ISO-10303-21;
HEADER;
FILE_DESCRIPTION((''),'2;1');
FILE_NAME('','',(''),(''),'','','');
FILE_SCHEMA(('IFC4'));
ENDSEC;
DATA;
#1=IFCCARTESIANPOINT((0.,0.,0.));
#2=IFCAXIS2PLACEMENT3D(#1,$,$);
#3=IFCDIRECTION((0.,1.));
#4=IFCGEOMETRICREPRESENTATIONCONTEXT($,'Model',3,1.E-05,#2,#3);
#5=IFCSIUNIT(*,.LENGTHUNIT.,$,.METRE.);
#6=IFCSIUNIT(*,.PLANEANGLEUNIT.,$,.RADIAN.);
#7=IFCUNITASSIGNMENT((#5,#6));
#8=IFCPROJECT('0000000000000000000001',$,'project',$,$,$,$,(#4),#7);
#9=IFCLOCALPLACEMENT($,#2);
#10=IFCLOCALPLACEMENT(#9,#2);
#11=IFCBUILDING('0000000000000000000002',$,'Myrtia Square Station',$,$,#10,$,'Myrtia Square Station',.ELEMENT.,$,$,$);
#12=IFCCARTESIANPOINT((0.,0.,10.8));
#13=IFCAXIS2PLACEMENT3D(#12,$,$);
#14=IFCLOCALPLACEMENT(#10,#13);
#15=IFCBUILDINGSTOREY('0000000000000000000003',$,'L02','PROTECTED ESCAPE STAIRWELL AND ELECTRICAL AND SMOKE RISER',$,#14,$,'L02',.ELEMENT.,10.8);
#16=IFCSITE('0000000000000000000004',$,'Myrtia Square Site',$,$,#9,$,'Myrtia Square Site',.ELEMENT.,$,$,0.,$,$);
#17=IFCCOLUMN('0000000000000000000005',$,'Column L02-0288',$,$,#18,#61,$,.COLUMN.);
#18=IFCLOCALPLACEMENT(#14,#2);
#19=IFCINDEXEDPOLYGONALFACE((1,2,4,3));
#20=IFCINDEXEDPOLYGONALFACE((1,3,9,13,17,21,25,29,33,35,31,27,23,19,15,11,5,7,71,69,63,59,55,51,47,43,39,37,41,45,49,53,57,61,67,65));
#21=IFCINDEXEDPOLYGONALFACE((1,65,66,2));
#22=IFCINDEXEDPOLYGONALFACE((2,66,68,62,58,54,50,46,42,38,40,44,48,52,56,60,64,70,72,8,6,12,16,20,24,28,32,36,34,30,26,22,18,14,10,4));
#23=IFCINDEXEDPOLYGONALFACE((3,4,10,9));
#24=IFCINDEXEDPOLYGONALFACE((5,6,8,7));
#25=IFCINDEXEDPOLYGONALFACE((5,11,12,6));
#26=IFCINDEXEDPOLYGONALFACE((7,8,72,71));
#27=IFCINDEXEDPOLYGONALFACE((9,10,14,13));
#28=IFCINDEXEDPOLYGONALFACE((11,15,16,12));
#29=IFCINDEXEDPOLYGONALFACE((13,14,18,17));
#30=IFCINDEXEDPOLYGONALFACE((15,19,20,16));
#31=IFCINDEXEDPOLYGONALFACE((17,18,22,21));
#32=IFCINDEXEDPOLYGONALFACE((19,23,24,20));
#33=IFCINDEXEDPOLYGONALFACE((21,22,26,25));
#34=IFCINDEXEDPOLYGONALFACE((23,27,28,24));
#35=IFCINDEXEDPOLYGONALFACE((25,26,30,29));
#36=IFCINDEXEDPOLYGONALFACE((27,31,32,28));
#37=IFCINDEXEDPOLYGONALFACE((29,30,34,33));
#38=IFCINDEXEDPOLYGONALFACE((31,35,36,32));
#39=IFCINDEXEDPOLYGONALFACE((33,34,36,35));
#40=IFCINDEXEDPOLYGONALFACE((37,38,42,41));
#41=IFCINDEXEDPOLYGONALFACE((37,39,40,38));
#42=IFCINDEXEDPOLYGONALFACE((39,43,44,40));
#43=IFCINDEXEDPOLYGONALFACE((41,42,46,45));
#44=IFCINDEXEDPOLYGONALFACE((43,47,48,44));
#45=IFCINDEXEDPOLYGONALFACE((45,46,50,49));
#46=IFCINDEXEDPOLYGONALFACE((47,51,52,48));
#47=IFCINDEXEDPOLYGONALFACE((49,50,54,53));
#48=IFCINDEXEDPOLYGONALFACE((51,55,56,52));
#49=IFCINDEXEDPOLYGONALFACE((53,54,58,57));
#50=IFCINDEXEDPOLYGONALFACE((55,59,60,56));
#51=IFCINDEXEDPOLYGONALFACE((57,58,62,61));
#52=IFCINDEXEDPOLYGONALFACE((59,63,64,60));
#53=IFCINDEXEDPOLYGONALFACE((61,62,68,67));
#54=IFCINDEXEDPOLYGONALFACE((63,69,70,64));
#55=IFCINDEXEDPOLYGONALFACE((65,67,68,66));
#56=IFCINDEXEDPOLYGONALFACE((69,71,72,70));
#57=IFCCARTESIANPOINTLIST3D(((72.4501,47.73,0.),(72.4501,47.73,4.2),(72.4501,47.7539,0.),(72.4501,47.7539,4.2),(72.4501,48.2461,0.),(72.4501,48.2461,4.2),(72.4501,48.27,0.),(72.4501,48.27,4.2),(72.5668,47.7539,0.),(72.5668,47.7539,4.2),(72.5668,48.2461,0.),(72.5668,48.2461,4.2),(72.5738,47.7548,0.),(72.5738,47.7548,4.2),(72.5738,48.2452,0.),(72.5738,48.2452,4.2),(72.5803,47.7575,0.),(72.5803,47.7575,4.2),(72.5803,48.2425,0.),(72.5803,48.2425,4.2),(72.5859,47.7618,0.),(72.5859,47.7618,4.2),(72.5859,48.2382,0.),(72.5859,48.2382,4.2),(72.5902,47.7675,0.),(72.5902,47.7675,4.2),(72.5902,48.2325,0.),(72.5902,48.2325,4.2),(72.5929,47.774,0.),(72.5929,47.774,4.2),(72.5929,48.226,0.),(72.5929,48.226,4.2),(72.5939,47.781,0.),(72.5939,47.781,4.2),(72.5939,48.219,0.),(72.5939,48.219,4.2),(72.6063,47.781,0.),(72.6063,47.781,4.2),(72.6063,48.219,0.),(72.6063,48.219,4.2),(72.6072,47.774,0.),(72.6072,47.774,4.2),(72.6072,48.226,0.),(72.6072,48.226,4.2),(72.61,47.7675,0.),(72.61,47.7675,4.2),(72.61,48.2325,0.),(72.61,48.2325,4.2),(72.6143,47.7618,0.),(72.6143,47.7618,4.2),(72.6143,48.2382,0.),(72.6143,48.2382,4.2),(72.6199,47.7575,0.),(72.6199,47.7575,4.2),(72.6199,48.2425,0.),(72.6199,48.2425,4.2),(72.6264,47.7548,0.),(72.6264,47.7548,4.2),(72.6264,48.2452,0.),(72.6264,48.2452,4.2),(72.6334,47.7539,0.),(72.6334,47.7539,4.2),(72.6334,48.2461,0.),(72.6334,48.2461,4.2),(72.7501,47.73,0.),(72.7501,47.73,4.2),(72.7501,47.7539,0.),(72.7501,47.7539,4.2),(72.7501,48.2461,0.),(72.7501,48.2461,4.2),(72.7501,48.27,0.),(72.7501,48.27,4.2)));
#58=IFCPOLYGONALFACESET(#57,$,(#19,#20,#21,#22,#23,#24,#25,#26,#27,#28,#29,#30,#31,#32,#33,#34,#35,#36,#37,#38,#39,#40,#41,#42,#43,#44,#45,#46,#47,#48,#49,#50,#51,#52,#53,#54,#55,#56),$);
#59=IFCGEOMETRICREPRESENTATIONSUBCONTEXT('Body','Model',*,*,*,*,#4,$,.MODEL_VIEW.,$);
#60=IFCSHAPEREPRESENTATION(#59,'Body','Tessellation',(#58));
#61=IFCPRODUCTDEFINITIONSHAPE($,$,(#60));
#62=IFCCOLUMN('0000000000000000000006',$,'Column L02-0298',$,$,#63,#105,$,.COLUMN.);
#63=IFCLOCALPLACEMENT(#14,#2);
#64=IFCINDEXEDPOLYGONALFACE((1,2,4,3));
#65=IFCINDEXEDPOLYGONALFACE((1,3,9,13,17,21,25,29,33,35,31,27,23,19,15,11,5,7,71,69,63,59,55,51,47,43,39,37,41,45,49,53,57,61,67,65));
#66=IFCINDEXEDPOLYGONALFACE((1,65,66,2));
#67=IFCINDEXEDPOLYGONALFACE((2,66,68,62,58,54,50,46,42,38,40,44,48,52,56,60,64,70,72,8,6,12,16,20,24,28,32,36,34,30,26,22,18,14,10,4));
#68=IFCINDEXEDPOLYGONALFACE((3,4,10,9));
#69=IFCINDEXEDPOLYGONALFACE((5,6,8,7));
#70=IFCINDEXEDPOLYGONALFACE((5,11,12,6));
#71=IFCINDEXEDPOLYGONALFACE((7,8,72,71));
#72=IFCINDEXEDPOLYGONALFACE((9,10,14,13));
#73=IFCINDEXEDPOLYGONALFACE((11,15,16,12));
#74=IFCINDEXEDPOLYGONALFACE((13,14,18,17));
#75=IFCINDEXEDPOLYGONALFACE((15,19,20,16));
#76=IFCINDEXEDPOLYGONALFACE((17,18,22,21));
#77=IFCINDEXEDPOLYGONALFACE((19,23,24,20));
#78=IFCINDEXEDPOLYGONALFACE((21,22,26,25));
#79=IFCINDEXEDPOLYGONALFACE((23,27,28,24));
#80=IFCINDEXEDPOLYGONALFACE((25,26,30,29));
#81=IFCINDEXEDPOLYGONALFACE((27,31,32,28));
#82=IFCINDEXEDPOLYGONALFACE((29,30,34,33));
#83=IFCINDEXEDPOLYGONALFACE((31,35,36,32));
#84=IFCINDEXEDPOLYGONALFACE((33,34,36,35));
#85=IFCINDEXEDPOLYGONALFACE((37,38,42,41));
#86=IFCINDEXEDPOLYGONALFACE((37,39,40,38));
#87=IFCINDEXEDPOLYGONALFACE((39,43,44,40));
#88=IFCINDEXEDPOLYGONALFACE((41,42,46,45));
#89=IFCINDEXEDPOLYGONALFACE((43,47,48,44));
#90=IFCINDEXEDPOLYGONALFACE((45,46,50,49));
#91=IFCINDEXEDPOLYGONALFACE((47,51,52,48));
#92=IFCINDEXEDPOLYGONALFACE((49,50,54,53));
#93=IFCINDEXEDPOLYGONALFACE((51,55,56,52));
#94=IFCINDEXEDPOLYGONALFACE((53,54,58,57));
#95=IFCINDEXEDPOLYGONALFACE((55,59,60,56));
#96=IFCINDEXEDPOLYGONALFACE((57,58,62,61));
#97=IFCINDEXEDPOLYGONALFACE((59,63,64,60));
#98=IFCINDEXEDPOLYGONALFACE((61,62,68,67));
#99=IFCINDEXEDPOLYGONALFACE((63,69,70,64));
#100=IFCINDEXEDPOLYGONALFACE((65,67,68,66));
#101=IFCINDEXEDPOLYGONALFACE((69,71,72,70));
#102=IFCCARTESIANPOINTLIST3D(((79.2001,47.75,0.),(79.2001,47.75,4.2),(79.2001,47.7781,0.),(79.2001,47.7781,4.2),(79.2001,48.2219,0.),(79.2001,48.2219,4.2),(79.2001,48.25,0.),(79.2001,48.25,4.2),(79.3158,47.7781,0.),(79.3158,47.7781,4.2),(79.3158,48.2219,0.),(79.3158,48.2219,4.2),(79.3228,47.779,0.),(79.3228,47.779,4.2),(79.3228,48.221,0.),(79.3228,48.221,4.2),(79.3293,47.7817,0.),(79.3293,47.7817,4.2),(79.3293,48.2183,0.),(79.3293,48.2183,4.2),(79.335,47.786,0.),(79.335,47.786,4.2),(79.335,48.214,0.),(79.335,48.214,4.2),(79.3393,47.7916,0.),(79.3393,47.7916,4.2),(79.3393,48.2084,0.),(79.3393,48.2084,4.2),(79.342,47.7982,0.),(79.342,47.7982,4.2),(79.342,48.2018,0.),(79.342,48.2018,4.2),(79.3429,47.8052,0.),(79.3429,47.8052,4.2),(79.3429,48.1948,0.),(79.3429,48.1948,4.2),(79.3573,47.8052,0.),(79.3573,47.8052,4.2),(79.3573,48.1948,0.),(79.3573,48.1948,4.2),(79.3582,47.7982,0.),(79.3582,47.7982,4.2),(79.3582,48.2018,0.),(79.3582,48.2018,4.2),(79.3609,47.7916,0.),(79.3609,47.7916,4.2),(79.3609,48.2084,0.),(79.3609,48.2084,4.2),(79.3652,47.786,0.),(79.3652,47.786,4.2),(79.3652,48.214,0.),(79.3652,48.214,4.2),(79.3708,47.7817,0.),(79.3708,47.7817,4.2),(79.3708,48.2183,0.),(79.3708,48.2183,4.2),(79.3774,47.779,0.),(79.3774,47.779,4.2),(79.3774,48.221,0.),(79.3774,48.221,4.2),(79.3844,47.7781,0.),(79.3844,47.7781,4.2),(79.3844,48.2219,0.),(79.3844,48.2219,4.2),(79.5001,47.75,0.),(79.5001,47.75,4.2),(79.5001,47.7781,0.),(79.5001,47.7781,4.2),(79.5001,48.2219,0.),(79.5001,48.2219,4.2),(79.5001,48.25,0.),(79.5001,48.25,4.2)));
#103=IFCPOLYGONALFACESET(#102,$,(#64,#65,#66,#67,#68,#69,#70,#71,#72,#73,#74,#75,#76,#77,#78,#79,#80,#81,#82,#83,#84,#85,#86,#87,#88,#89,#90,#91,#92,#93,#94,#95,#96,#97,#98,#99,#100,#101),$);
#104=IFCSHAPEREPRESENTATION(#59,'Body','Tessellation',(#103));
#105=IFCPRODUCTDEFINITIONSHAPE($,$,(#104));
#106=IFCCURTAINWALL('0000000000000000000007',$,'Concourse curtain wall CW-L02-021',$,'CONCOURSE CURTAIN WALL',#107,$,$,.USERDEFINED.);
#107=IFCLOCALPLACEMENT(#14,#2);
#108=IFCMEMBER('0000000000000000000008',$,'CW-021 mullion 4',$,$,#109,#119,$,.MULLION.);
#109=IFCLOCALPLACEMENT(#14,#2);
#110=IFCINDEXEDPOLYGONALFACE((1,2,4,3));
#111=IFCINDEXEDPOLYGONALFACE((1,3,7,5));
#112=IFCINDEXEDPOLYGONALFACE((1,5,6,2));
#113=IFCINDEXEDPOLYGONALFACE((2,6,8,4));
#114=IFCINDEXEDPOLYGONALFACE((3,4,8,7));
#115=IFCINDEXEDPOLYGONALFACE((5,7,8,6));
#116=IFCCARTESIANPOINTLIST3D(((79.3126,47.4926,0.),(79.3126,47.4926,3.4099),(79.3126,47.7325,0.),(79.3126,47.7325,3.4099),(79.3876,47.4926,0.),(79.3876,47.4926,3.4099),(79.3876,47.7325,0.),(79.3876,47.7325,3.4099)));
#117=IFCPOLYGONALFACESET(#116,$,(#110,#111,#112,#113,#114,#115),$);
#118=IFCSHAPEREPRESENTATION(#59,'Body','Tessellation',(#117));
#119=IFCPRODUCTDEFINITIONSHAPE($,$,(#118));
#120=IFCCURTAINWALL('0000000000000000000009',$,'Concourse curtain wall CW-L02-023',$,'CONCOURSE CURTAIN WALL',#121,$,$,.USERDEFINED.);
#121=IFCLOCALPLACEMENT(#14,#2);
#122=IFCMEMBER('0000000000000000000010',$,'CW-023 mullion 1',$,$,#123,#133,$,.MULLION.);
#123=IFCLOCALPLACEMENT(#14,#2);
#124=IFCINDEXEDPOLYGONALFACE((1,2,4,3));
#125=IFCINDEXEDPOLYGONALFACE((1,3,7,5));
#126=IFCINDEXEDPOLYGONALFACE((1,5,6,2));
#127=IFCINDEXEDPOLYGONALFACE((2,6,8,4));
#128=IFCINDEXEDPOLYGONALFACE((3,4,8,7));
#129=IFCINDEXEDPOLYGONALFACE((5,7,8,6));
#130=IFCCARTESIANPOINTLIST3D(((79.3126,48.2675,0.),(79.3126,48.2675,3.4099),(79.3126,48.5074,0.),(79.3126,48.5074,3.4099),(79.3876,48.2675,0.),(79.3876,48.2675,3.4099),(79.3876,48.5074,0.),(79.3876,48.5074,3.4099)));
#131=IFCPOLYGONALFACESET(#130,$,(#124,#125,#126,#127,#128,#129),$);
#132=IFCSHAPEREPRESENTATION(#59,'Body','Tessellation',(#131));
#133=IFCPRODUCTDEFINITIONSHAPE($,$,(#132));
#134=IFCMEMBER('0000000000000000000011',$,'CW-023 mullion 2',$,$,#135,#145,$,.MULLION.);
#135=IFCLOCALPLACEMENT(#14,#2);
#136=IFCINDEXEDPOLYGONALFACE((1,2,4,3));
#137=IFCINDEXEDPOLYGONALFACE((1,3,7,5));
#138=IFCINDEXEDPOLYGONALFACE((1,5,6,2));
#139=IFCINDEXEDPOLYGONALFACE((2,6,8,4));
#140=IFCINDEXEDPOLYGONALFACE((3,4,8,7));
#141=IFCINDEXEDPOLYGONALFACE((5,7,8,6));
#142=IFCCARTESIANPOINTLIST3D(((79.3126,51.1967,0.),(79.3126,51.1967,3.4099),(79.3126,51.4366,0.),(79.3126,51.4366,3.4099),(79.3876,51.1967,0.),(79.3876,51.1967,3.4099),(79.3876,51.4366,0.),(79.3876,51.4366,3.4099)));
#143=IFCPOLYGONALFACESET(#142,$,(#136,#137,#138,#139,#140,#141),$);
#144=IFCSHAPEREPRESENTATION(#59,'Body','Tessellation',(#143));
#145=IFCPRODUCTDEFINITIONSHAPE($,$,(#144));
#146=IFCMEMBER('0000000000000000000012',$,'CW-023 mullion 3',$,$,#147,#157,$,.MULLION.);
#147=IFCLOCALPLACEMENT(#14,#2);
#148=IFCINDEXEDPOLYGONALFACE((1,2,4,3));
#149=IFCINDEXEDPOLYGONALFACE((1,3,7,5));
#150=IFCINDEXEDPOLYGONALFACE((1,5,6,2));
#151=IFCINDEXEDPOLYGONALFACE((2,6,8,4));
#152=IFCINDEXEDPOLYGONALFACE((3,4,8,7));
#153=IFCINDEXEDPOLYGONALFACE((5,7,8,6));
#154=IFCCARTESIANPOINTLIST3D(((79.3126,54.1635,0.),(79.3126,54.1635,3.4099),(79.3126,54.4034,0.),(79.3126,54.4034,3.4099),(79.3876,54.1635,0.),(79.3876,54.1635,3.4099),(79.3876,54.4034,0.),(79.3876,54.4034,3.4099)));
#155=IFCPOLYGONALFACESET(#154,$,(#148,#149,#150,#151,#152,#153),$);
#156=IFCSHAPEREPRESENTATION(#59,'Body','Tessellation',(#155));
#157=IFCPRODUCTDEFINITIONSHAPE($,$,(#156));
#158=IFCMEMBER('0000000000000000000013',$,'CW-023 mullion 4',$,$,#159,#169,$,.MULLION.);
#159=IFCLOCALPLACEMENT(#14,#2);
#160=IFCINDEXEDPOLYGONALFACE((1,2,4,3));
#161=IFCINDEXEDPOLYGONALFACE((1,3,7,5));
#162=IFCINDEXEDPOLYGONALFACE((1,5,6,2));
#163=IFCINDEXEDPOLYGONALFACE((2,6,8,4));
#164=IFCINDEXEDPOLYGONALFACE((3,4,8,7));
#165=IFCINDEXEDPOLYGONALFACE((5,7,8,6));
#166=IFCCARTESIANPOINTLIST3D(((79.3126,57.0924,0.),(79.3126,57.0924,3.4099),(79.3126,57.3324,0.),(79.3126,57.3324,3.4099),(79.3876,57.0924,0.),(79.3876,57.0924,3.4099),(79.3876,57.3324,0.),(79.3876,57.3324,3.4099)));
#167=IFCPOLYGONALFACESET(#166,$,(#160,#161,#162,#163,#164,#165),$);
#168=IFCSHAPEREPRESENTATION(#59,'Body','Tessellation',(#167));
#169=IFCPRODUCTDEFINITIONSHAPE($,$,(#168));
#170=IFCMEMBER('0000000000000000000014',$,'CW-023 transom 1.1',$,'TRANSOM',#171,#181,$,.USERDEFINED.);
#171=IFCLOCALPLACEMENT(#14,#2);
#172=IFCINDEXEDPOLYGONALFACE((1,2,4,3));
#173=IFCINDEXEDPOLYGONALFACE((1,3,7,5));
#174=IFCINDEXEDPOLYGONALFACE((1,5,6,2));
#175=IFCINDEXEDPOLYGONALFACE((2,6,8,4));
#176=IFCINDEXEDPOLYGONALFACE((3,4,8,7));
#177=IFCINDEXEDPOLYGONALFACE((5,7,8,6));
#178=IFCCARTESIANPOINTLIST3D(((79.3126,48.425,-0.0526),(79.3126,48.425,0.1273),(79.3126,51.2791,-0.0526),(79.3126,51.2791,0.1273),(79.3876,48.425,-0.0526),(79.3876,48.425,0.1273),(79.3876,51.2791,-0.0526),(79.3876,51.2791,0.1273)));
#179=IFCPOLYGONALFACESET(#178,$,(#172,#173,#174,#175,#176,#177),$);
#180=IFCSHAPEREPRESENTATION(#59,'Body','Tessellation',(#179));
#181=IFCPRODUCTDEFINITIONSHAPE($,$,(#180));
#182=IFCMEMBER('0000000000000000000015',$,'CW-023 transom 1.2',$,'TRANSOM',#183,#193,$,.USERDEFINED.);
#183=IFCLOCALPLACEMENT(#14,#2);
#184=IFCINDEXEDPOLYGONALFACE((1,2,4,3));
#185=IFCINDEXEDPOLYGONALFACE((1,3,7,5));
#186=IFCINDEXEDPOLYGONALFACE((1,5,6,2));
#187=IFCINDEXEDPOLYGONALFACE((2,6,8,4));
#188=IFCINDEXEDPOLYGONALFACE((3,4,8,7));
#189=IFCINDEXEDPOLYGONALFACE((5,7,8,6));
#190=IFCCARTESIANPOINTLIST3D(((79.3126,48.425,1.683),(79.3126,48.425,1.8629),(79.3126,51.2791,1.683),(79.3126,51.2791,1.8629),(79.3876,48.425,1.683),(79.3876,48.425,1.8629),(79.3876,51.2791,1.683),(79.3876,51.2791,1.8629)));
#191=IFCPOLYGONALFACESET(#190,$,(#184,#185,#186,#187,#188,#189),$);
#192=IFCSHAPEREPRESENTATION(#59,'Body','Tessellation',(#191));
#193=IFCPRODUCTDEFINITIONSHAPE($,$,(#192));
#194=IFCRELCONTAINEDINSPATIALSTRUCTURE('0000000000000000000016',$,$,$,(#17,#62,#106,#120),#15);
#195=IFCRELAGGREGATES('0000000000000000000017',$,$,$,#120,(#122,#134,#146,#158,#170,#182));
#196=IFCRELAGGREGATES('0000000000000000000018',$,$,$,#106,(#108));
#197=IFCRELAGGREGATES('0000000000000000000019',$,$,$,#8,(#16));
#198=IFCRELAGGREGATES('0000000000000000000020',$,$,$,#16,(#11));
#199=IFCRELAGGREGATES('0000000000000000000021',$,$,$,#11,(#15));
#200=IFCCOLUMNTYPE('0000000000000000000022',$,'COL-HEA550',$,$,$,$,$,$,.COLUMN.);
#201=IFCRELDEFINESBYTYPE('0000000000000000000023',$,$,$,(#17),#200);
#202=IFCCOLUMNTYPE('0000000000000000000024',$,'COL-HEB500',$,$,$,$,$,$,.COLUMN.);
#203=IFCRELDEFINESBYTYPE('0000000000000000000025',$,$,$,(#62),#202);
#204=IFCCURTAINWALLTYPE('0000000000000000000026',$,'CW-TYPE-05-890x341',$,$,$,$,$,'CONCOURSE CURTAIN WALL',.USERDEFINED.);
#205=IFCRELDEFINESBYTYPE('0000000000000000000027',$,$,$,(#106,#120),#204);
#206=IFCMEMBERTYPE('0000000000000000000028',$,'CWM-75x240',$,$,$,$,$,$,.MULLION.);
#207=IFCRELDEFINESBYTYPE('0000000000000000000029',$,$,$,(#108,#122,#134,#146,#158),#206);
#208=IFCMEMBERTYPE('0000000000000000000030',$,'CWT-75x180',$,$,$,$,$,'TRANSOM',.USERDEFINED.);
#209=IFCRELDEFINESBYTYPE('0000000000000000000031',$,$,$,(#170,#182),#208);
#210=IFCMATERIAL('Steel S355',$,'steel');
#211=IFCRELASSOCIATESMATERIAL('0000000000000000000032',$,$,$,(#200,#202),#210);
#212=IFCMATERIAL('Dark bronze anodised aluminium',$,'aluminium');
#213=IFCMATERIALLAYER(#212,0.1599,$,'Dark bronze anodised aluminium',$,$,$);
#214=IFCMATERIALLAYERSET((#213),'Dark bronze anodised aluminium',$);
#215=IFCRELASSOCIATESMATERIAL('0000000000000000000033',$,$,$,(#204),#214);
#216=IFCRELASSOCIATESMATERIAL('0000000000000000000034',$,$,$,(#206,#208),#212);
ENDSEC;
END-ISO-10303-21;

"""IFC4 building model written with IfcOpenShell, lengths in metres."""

from ifc_helpers import new_model, si_unit, direction, frame, origin, origin_2d, place, context, subcontext, project, spatial, rectangle, i_section, extrude, material, layer, layer_set, material_profile, profile_set, type_object, element, aggregate, save


model = new_model("IFC4")

# Units and contexts
model_context = context("Model", 3, precision=1e-05, world=origin(), true_north=direction((0.0, 1.0)))
body_context = subcontext(model_context, "Body", "Model", "MODEL_VIEW")
ifc_project = project(units=[si_unit("LENGTHUNIT", "METRE"), si_unit("PLANEANGLEUNIT", "RADIAN")], contexts=[model_context])

# Site, building, storey
site_placement = place(None, origin())
site = spatial("IfcSite", under=ifc_project, at=site_placement, Name="Myrtia Square Site", LongName="Myrtia Square Site", CompositionType="ELEMENT", RefElevation=0.0)
building_placement = place(site_placement, origin())
building = spatial("IfcBuilding", under=site, at=building_placement, Name="Myrtia Square Station", LongName="Myrtia Square Station", CompositionType="ELEMENT")
storey_placement = place(building_placement, frame((0.0, 0.0, 10.8)))
storey = spatial("IfcBuildingStorey", under=building, at=storey_placement, Name="L02", Description="PROTECTED ESCAPE STAIRWELL AND ELECTRICAL AND SMOKE RISER", LongName="L02", CompositionType="ELEMENT", Elevation=10.8)

# Columns
ifc_material_1 = material(Name="Steel S355", Category="steel")
ifc_material_profile_1 = material_profile(ifc_material_1, i_section(OverallWidth=0.3, OverallDepth=0.54, WebThickness=0.0125, FlangeThickness=0.0239, FilletRadius=0.0271, at=origin_2d()), Name="HEA 550")
ifc_profile_set_1 = profile_set([ifc_material_profile_1], Name="Steel S355")
column_type_1 = type_object("IfcColumnType", Name="COL-HEA550", PredefinedType="COLUMN", material=ifc_profile_set_1)
column_1_placement = place(storey_placement, frame((72.6001, 48.0, 0.0), z_axis=(0.0, 0.0, 1.0), x_axis=(1.0, 0.0, 0.0)))
element("IfcColumn", 1, at=column_1_placement, inside=storey, type_object=column_type_1, Name="Column L02-0288", PredefinedType="COLUMN", context=body_context, shape_type="SweptSolid", body=[
    extrude(i_section(OverallWidth=0.3, OverallDepth=0.54, WebThickness=0.0125, FlangeThickness=0.0239, FilletRadius=0.0271, at=origin_2d()), origin(), (0.0, 0.0, 1.0), 4.2),
])
ifc_material_profile_2 = material_profile(ifc_material_1, i_section(OverallWidth=0.3, OverallDepth=0.5, WebThickness=0.0144, FlangeThickness=0.0281, FilletRadius=0.0271, at=origin_2d()), Name="HEB 500")
ifc_profile_set_2 = profile_set([ifc_material_profile_2], Name="Steel S355")
column_type_2 = type_object("IfcColumnType", Name="COL-HEB500", PredefinedType="COLUMN", material=ifc_profile_set_2)
column_2_placement = place(storey_placement, frame((79.3501, 48.0, 0.0), z_axis=(0.0, 0.0, 1.0), x_axis=(1.0, 0.0, 0.0)))
element("IfcColumn", 2, at=column_2_placement, inside=storey, type_object=column_type_2, Name="Column L02-0298", PredefinedType="COLUMN", context=body_context, shape_type="SweptSolid", body=[
    extrude(i_section(OverallWidth=0.3, OverallDepth=0.5, WebThickness=0.0144, FlangeThickness=0.0281, FilletRadius=0.0271, at=origin_2d()), origin(), (0.0, 0.0, 1.0), 4.2),
])

# Curtain wall, member
ifc_material_2 = material(Name="Dark bronze anodised aluminium", Category="aluminium")
ifc_layer_1 = layer(ifc_material_2, 0.1599, Name="Dark bronze anodised aluminium")
ifc_layer_set_1 = layer_set([ifc_layer_1], Name="Dark bronze anodised aluminium")
curtain_wall_type = type_object("IfcCurtainWallType", Name="CW-TYPE-05-890x341", ElementType="CONCOURSE CURTAIN WALL", PredefinedType="USERDEFINED", material=ifc_layer_set_1)
curtain_wall_1_placement = place(storey_placement, origin())
curtain_wall_1 = element("IfcCurtainWall", 3, at=curtain_wall_1_placement, inside=storey, type_object=curtain_wall_type, Name="Concourse curtain wall CW-L02-021", ObjectType="CONCOURSE CURTAIN WALL", PredefinedType="USERDEFINED")
ifc_material_profile_3 = material_profile(ifc_material_2, rectangle(XDim=0.075, YDim=0.24, at=origin_2d()), Name="ALU-M 75x240")
ifc_profile_set_3 = profile_set([ifc_material_profile_3], Name="Dark bronze anodised aluminium")
member_type_1 = type_object("IfcMemberType", Name="CWM-75x240", PredefinedType="MULLION", material=ifc_profile_set_3)
member_1_placement = place(storey_placement, frame((79.3501, 47.6125, 0.0), z_axis=(0.0, 0.0, 1.0), x_axis=(-1.0, 0.0, 0.0)))
member_1 = element("IfcMember", 4, at=member_1_placement, type_object=member_type_1, Name="CW-021 mullion 4", PredefinedType="MULLION", context=body_context, shape_type="SweptSolid", body=[
    extrude(rectangle(XDim=0.075, YDim=0.24, at=origin_2d()), origin(), (0.0, 0.0, 1.0), 3.4099),
])

# Curtain wall, members
curtain_wall_2_placement = place(storey_placement, origin())
curtain_wall_2 = element("IfcCurtainWall", 5, at=curtain_wall_2_placement, inside=storey, type_object=curtain_wall_type, Name="Concourse curtain wall CW-L02-023", ObjectType="CONCOURSE CURTAIN WALL", PredefinedType="USERDEFINED")
member_2_placement = place(storey_placement, frame((79.3501, 48.3875, 0.0), z_axis=(0.0, 0.0, 1.0), x_axis=(-1.0, 0.0, 0.0)))
member_2 = element("IfcMember", 6, at=member_2_placement, type_object=member_type_1, Name="CW-023 mullion 1", PredefinedType="MULLION", context=body_context, shape_type="SweptSolid", body=[
    extrude(rectangle(XDim=0.075, YDim=0.24, at=origin_2d()), origin(), (0.0, 0.0, 1.0), 3.4099),
])
member_3_placement = place(storey_placement, frame((79.3501, 51.3167, 0.0), z_axis=(0.0, 0.0, 1.0), x_axis=(-1.0, 0.0, 0.0)))
member_3 = element("IfcMember", 7, at=member_3_placement, type_object=member_type_1, Name="CW-023 mullion 2", PredefinedType="MULLION", context=body_context, shape_type="SweptSolid", body=[
    extrude(rectangle(XDim=0.075, YDim=0.24, at=origin_2d()), origin(), (0.0, 0.0, 1.0), 3.4099),
])
member_4_placement = place(storey_placement, frame((79.3501, 54.2834, 0.0), z_axis=(0.0, 0.0, 1.0), x_axis=(-1.0, 0.0, 0.0)))
member_4 = element("IfcMember", 8, at=member_4_placement, type_object=member_type_1, Name="CW-023 mullion 3", PredefinedType="MULLION", context=body_context, shape_type="SweptSolid", body=[
    extrude(rectangle(XDim=0.075, YDim=0.24, at=origin_2d()), origin(), (0.0, 0.0, 1.0), 3.4099),
])
member_5_placement = place(storey_placement, frame((79.3501, 57.2124, 0.0), z_axis=(0.0, 0.0, 1.0), x_axis=(-1.0, 0.0, 0.0)))
member_5 = element("IfcMember", 9, at=member_5_placement, type_object=member_type_1, Name="CW-023 mullion 4", PredefinedType="MULLION", context=body_context, shape_type="SweptSolid", body=[
    extrude(rectangle(XDim=0.075, YDim=0.24, at=origin_2d()), origin(), (0.0, 0.0, 1.0), 3.4099),
])
ifc_material_profile_4 = material_profile(ifc_material_2, rectangle(XDim=0.075, YDim=0.1799, at=origin_2d()), Name="ALU-T 75x180")
ifc_profile_set_4 = profile_set([ifc_material_profile_4], Name="Dark bronze anodised aluminium")
member_type_2 = type_object("IfcMemberType", Name="CWT-75x180", ElementType="TRANSOM", PredefinedType="USERDEFINED", material=ifc_profile_set_4)
member_6_placement = place(storey_placement, frame((79.3501, 48.425, 0.0374), z_axis=(0.0, 1.0, 0.0), x_axis=(-1.0, 0.0, 0.0)))
member_6 = element("IfcMember", 10, at=member_6_placement, type_object=member_type_2, Name="CW-023 transom 1.1", ObjectType="TRANSOM", PredefinedType="USERDEFINED", context=body_context, shape_type="SweptSolid", body=[
    extrude(rectangle(XDim=0.075, YDim=0.1799, at=origin_2d()), origin(), (0.0, 0.0, 1.0), 2.854),
])
member_7_placement = place(storey_placement, frame((79.3501, 48.425, 1.7729), z_axis=(0.0, 1.0, 0.0), x_axis=(-1.0, 0.0, 0.0)))
member_7 = element("IfcMember", 11, at=member_7_placement, type_object=member_type_2, Name="CW-023 transom 1.2", ObjectType="TRANSOM", PredefinedType="USERDEFINED", context=body_context, shape_type="SweptSolid", body=[
    extrude(rectangle(XDim=0.075, YDim=0.1799, at=origin_2d()), origin(), (0.0, 0.0, 1.0), 2.854),
])

aggregate(curtain_wall_2, [member_2, member_3, member_4, member_5, member_6, member_7])
aggregate(curtain_wall_1, [member_1])

save(model, "model.ifc")
